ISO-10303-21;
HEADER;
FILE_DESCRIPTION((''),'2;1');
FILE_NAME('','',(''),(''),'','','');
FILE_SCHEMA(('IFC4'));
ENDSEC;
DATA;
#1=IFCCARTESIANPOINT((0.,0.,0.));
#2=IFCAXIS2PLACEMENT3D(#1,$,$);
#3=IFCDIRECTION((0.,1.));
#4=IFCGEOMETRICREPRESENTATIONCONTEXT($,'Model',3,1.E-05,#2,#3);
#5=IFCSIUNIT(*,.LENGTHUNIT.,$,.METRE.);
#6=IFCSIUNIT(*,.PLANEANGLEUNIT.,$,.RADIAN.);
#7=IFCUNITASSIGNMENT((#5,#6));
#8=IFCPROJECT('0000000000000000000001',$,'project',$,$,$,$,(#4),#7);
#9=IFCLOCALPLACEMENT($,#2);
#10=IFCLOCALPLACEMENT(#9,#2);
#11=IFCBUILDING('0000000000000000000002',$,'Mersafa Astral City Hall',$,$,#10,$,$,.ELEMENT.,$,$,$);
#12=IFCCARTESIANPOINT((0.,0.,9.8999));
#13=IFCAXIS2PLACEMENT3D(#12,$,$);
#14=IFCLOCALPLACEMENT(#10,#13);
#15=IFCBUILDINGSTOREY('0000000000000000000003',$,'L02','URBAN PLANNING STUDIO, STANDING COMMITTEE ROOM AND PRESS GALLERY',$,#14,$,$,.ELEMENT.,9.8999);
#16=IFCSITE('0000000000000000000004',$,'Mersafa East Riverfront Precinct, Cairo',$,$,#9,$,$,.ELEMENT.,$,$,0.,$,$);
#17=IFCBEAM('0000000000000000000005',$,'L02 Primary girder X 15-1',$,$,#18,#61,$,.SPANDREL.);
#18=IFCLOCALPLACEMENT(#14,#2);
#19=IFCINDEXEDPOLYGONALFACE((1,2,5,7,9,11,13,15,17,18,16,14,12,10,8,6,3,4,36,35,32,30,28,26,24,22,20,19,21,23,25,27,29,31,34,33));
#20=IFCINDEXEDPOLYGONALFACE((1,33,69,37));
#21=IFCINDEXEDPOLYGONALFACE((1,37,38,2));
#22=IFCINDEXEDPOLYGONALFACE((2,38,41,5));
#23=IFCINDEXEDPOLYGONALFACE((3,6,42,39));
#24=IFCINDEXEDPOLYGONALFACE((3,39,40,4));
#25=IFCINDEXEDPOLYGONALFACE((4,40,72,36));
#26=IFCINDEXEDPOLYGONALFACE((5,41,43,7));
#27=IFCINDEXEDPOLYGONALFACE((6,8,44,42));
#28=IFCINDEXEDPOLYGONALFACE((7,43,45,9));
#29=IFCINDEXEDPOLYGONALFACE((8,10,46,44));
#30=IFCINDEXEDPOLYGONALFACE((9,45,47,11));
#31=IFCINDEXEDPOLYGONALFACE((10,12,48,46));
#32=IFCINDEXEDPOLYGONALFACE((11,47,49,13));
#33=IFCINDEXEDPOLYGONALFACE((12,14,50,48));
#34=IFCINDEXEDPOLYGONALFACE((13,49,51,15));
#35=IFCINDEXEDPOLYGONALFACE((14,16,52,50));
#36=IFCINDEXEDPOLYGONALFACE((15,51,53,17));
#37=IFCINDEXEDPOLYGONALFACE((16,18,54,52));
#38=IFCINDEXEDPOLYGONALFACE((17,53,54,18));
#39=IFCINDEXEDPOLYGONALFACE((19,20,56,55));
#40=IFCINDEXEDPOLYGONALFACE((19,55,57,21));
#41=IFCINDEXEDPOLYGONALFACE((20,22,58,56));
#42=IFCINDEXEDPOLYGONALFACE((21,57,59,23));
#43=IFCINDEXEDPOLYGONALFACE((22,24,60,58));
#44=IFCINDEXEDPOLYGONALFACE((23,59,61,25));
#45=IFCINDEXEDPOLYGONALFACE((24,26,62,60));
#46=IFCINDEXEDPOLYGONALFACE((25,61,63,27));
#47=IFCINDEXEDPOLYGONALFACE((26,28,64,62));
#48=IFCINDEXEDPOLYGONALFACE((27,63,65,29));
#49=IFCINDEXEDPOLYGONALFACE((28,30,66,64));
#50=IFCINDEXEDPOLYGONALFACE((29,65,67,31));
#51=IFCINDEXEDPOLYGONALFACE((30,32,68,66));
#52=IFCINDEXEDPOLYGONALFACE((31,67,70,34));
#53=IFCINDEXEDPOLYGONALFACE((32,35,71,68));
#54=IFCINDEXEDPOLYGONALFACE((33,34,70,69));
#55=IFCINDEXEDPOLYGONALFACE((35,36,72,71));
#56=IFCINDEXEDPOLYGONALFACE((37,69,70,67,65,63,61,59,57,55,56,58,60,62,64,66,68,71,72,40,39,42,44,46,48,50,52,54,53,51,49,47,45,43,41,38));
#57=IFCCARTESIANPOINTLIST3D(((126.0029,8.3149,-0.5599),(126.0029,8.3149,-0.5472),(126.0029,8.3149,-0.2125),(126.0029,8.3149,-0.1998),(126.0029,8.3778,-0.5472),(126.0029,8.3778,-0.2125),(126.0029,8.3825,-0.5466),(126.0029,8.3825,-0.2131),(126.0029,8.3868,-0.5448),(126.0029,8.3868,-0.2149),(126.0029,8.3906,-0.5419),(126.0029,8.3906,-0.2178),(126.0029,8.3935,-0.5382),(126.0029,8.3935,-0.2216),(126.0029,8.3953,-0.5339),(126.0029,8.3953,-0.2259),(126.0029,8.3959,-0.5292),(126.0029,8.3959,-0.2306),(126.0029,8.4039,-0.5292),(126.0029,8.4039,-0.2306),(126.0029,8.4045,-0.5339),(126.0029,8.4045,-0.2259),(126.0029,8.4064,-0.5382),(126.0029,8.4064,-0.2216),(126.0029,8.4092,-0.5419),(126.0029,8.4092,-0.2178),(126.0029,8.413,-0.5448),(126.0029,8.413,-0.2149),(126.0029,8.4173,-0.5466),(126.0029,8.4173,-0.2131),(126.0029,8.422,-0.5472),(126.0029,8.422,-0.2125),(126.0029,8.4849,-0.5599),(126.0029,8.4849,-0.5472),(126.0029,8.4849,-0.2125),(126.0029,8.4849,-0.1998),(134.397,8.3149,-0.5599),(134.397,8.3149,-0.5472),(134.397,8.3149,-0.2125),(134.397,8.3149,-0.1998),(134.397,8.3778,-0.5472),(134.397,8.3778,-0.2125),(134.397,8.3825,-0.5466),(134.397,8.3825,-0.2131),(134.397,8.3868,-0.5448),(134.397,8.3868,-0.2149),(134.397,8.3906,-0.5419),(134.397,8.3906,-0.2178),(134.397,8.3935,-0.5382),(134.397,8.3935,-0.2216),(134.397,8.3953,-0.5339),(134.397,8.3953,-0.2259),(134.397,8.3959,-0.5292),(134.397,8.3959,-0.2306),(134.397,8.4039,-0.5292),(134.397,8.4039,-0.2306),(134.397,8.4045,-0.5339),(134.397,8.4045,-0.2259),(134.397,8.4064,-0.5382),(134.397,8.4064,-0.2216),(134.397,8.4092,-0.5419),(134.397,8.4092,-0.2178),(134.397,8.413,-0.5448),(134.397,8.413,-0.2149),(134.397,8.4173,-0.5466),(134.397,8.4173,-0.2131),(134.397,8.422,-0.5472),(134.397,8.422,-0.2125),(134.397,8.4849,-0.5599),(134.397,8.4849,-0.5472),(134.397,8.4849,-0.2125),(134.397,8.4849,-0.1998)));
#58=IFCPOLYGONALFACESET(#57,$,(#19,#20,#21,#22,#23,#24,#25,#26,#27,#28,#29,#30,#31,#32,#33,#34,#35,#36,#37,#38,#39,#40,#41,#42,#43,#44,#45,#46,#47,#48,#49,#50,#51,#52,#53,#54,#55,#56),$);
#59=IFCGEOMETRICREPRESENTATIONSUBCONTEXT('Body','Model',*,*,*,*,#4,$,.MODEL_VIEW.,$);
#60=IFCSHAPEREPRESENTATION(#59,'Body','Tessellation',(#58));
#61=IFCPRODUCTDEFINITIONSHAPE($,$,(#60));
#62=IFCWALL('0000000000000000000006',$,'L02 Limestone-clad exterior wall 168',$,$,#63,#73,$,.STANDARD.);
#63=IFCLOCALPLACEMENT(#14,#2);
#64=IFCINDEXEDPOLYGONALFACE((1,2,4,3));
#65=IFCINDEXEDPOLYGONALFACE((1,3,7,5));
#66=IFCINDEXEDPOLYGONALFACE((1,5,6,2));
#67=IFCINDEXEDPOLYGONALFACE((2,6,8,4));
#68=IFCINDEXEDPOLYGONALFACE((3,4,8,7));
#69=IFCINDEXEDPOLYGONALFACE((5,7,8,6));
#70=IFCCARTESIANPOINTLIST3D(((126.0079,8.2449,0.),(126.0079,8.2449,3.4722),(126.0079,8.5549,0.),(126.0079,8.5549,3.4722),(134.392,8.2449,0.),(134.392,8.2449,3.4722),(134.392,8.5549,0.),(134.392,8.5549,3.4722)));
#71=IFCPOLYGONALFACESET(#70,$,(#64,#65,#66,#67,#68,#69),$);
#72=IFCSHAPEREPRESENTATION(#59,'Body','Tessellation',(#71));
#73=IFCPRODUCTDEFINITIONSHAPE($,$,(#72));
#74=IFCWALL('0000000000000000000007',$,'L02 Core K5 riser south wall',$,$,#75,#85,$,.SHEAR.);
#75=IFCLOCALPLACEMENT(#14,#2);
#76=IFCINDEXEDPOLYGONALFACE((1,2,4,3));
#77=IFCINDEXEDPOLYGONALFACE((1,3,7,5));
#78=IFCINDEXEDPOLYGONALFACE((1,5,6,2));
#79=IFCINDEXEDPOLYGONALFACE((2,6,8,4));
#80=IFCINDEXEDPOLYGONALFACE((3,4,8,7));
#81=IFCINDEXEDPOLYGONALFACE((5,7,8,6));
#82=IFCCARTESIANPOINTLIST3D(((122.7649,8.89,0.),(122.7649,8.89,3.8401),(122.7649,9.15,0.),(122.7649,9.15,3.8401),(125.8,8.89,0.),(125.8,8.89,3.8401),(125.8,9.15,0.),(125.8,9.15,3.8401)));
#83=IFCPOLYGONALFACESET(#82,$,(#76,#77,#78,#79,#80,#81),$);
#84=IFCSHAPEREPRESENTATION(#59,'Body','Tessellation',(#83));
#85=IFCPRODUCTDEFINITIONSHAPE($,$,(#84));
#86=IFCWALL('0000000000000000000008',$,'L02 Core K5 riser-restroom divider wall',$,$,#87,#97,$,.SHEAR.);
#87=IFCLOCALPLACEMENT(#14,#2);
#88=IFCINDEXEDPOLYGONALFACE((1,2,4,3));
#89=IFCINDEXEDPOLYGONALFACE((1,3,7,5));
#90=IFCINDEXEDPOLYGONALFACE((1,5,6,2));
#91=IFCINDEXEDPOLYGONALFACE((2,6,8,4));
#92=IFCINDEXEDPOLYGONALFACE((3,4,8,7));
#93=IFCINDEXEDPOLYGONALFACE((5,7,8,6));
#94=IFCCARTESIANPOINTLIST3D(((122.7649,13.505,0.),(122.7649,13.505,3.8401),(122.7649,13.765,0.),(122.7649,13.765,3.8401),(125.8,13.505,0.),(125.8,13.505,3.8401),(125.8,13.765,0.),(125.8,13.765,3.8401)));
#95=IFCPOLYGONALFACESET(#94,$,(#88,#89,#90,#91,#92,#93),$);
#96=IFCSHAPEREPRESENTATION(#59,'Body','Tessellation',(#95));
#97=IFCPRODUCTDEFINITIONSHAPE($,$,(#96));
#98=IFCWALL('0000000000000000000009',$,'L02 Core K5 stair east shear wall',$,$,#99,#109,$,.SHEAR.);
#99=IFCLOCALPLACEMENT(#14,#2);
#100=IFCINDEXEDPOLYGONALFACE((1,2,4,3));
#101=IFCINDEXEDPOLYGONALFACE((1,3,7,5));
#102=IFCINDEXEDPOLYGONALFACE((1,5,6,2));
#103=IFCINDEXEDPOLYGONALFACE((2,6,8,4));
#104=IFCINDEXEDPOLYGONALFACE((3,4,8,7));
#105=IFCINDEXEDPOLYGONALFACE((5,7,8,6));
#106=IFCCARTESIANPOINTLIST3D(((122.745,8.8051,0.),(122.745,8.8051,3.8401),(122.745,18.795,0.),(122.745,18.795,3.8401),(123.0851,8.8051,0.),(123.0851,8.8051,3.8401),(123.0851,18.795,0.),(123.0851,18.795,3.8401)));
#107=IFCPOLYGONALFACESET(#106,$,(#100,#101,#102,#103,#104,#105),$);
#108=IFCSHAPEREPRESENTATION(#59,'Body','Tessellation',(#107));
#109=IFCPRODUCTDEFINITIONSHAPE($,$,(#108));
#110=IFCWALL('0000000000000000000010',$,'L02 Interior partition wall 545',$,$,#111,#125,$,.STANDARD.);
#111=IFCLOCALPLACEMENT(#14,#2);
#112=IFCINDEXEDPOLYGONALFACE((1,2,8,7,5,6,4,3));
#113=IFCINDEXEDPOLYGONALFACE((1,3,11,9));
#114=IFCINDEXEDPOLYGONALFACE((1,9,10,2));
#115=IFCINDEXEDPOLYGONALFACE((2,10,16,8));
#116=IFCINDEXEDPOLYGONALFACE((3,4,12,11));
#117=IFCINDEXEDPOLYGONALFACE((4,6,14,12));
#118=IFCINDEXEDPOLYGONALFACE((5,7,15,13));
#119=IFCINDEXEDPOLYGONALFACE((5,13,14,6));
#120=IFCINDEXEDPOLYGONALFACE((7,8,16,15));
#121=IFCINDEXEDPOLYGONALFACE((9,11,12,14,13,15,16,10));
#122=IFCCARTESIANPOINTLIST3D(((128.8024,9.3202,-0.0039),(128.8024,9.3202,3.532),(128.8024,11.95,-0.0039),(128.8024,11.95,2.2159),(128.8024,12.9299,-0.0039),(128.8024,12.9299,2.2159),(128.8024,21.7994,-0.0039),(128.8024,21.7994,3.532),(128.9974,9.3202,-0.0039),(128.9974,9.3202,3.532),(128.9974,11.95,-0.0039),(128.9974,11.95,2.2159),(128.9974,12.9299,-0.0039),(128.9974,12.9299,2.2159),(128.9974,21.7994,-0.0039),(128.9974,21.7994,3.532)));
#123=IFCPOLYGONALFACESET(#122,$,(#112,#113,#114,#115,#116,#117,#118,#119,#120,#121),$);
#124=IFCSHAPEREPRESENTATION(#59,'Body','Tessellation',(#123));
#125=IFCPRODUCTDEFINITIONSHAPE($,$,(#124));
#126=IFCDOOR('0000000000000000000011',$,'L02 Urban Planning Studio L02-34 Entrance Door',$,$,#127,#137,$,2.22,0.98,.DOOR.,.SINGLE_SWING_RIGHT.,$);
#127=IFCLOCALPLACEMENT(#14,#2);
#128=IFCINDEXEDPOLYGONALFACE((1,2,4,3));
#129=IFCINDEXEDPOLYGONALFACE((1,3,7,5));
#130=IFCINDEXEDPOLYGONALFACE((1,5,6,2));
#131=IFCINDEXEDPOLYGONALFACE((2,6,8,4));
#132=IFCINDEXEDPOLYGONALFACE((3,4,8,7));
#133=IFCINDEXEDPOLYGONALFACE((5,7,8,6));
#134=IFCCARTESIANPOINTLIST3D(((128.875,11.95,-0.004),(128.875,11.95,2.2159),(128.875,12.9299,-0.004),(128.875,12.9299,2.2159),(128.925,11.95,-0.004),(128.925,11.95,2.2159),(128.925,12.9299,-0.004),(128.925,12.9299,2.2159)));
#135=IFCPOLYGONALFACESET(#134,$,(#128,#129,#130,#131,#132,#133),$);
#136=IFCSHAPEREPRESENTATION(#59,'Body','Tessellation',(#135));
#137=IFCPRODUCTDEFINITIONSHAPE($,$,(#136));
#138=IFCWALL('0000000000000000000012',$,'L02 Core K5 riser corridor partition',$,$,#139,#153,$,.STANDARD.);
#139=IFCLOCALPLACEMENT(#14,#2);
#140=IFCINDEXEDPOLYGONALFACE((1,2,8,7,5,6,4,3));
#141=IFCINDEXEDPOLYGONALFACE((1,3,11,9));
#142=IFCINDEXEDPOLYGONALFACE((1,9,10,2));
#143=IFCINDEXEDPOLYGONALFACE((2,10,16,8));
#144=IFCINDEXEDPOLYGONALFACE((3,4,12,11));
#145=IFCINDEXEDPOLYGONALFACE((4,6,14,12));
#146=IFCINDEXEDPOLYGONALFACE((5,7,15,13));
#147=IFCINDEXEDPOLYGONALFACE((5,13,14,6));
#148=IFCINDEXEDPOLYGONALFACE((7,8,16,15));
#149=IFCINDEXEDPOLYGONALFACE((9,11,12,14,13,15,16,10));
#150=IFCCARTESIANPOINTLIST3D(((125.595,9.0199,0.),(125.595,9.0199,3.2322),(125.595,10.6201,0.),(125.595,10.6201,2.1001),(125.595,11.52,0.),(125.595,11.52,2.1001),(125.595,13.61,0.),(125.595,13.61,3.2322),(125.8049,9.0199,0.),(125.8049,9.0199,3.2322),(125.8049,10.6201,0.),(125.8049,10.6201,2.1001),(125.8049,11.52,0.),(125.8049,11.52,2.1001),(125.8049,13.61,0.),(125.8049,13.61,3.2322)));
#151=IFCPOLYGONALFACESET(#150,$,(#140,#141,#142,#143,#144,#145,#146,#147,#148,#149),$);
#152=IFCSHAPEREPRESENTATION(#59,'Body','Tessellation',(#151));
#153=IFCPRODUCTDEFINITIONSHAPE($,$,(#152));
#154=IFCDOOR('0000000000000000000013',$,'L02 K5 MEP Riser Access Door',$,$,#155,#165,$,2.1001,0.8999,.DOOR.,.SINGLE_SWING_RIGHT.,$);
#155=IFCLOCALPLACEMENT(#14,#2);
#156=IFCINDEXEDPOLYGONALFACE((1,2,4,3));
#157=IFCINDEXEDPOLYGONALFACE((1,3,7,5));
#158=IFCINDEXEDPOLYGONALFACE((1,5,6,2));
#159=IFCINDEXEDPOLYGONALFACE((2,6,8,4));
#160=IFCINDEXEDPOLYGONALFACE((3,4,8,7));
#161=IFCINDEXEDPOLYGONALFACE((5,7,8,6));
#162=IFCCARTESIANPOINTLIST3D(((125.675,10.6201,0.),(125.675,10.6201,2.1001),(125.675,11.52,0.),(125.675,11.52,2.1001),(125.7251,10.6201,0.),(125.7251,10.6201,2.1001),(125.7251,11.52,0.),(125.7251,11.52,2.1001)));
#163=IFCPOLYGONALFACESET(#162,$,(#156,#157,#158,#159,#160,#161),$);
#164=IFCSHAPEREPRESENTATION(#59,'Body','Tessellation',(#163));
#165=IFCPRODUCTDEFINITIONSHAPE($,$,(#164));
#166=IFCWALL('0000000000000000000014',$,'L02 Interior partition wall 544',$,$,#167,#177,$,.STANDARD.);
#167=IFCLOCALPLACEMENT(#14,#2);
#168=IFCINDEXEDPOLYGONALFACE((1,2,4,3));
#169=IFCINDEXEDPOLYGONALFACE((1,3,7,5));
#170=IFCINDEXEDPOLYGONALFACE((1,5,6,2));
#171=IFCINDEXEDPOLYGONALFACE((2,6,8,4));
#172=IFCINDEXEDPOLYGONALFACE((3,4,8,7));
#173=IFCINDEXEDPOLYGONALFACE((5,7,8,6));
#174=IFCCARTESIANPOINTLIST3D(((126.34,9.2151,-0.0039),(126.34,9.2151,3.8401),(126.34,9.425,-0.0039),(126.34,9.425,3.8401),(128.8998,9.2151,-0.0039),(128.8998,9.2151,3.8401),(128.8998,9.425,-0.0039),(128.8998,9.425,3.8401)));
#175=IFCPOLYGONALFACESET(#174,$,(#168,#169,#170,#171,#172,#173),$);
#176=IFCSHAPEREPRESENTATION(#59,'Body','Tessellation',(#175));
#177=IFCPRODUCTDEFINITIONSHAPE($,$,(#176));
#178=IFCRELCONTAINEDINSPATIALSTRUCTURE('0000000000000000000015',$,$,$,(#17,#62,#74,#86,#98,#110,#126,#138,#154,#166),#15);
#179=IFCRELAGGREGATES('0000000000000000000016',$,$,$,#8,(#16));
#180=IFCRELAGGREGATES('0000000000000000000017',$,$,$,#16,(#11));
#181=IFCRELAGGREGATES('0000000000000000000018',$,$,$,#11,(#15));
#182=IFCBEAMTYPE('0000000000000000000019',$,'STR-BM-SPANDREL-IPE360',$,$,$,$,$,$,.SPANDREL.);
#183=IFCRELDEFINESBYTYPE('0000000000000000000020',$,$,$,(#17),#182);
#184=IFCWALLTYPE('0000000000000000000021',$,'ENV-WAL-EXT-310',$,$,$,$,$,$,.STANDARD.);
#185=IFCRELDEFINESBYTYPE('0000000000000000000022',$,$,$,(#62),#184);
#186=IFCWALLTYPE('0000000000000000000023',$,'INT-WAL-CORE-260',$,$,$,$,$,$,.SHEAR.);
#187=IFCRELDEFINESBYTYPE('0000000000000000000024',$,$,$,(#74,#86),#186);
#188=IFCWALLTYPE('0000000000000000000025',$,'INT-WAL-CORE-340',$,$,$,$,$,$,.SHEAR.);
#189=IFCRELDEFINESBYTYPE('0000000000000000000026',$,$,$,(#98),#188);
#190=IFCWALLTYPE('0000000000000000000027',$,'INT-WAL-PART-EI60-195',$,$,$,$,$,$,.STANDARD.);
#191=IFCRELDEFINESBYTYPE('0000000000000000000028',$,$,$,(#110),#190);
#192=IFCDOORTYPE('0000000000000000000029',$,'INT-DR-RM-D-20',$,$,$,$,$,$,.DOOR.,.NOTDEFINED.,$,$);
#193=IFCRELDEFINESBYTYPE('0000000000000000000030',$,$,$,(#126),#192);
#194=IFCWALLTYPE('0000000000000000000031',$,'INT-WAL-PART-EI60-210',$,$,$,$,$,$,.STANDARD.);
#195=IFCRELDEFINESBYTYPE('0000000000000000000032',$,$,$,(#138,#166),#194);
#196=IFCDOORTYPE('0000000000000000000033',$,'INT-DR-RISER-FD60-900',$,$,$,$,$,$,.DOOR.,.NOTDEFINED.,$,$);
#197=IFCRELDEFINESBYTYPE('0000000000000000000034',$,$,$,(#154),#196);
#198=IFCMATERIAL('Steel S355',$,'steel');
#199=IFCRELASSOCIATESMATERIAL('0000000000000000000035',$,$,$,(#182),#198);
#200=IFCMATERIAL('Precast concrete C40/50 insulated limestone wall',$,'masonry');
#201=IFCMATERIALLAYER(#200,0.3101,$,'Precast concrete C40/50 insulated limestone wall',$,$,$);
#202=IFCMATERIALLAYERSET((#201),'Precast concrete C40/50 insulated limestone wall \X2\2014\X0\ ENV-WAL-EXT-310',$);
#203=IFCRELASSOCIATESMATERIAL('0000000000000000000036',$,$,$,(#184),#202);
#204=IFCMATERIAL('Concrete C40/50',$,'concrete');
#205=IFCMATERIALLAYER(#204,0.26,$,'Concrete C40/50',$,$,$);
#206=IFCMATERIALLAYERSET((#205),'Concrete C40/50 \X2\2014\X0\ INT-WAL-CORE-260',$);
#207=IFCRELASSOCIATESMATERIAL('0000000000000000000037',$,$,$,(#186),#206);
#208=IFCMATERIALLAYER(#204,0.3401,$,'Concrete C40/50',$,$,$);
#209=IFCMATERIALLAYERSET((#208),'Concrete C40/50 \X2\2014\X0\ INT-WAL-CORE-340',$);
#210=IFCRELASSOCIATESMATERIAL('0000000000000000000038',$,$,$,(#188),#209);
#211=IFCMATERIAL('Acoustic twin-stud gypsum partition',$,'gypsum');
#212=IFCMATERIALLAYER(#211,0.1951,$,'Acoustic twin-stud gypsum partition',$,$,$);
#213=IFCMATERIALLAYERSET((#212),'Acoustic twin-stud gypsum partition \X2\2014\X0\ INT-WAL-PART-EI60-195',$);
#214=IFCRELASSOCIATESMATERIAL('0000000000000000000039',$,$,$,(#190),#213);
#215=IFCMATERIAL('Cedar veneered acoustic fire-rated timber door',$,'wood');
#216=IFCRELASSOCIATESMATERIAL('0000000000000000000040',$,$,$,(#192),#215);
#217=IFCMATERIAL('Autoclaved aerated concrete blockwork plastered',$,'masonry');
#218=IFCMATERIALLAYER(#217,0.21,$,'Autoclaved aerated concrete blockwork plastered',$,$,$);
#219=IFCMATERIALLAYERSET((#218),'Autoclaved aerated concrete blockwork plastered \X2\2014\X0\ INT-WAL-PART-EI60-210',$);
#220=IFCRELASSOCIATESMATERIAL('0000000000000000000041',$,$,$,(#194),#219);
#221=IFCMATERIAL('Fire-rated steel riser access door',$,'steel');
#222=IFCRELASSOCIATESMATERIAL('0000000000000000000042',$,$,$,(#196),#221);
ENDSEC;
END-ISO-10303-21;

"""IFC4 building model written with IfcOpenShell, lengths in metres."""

from ifc_helpers import new_model, si_unit, direction, frame, frame_2d, origin, origin_2d, place, context, subcontext, project, spatial, rectangle, i_section, extrude, material, layer, layer_set, material_profile, profile_set, type_object, element, fill, save


model = new_model("IFC4")

# Units and contexts
model_context = context("Model", 3, precision=1e-05, world=origin(), true_north=direction((0.0, 1.0)))
body_context = subcontext(model_context, "Body", "Model", "MODEL_VIEW")
ifc_project = project(units=[si_unit("LENGTHUNIT", "METRE"), si_unit("PLANEANGLEUNIT", "RADIAN")], contexts=[model_context])

# Site, building, storey
site_placement = place(None, origin())
site = spatial("IfcSite", under=ifc_project, at=site_placement, Name="Mersafa East Riverfront Precinct, Cairo", CompositionType="ELEMENT", RefElevation=0.0)
building_placement = place(site_placement, origin())
building = spatial("IfcBuilding", under=site, at=building_placement, Name="Mersafa Astral City Hall", CompositionType="ELEMENT")
storey_placement = place(building_placement, frame((0.0, 0.0, 9.8999)))
storey = spatial("IfcBuildingStorey", under=building, at=storey_placement, Name="L02", Description="URBAN PLANNING STUDIO, STANDING COMMITTEE ROOM AND PRESS GALLERY", CompositionType="ELEMENT", Elevation=9.8999)

# Shared definitions
ifc_material_1 = material(Name="Steel S355", Category="steel")

# Beam
ifc_material_profile_1 = material_profile(ifc_material_1, i_section(OverallWidth=0.1699, OverallDepth=0.3601, WebThickness=0.0081, FlangeThickness=0.0127, FilletRadius=0.0181, at=origin_2d()), Name="IPE 360")
ifc_profile_set_1 = profile_set([ifc_material_profile_1], Name="Steel S355")
beam_type_1 = type_object("IfcBeamType", Name="STR-BM-SPANDREL-IPE360", PredefinedType="SPANDREL", material=ifc_profile_set_1)
beam_1_placement = place(storey_placement, frame((126.0029, 8.3999, -0.3799), z_axis=(1.0, 0.0, 0.0), x_axis=(0.0, 1.0, 0.0)))
element("IfcBeam", 1, at=beam_1_placement, inside=storey, type_object=beam_type_1, Name="L02 Primary girder X 15-1", PredefinedType="SPANDREL", context=body_context, shape_type="SweptSolid", body=[
    extrude(i_section(OverallWidth=0.1699, OverallDepth=0.3601, WebThickness=0.0081, FlangeThickness=0.0127, FilletRadius=0.0181, at=origin_2d()), origin(), (0.0, 0.0, 1.0), 8.394),
])

# Walls
ifc_material_2 = material(Name="Precast concrete C40/50 insulated limestone wall", Category="masonry")
ifc_layer_1 = layer(ifc_material_2, 0.3101, Name="Precast concrete C40/50 insulated limestone wall")
ifc_layer_set_1 = layer_set([ifc_layer_1], Name="Precast concrete C40/50 insulated limestone wall — ENV-WAL-EXT-310")
wall_type_1 = type_object("IfcWallType", Name="ENV-WAL-EXT-310", PredefinedType="STANDARD", material=ifc_layer_set_1)
wall_1_placement = place(storey_placement, frame((126.0081, 8.3999, 0.0), z_axis=(0.0, 0.0, 1.0), x_axis=(1.0, 0.0, 0.0)))
element("IfcWall", 2, at=wall_1_placement, inside=storey, type_object=wall_type_1, Name="L02 Limestone-clad exterior wall 168", PredefinedType="STANDARD", context=body_context, shape_type="SweptSolid", body=[
    extrude(rectangle(XDim=8.384, YDim=0.3101, at=frame_2d((4.1919, 0.0))), origin(), (0.0, 0.0, 1.0), 3.4722),
])
ifc_material_3 = material(Name="Concrete C40/50", Category="concrete")
ifc_layer_2 = layer(ifc_material_3, 0.26, Name="Concrete C40/50")
ifc_layer_set_2 = layer_set([ifc_layer_2], Name="Concrete C40/50 — INT-WAL-CORE-260")
wall_type_2 = type_object("IfcWallType", Name="INT-WAL-CORE-260", PredefinedType="SHEAR", material=ifc_layer_set_2)
for number, where, z_axis, x_axis, name in (
    (3, (122.7649, 9.02, 0.0), (0.0, 0.0, 1.0), (1.0, 0.0, 0.0), "L02 Core K5 riser south wall"),
    (4, (122.7649, 13.635, 0.0), (0.0, 0.0, 1.0), (1.0, 0.0, 0.0), "L02 Core K5 riser-restroom divider wall"),
):
    element("IfcWall", number, at=place(storey_placement, frame(where, z_axis=z_axis, x_axis=x_axis)), inside=storey, type_object=wall_type_2, Name=name, PredefinedType="SHEAR", context=body_context, shape_type="SweptSolid", body=[
        extrude(rectangle(XDim=3.0352, YDim=0.26, at=frame_2d((1.5176, 0.0))), origin(), (0.0, 0.0, 1.0), 3.8401),
    ])
ifc_layer_3 = layer(ifc_material_3, 0.3401, Name="Concrete C40/50")
ifc_layer_set_3 = layer_set([ifc_layer_3], Name="Concrete C40/50 — INT-WAL-CORE-340")
wall_type_3 = type_object("IfcWallType", Name="INT-WAL-CORE-340", PredefinedType="SHEAR", material=ifc_layer_set_3)
wall_2_placement = place(storey_placement, frame((122.915, 8.8049, 0.0), z_axis=(0.0, 0.0, 1.0), x_axis=(0.0, 1.0, 0.0)))
element("IfcWall", 5, at=wall_2_placement, inside=storey, type_object=wall_type_3, Name="L02 Core K5 stair east shear wall", PredefinedType="SHEAR", context=body_context, shape_type="SweptSolid", body=[
    extrude(rectangle(XDim=9.99, YDim=0.3401, at=frame_2d((4.9951, 0.0))), origin(), (0.0, 0.0, 1.0), 3.8401),
])

# Walls, openings, doors
ifc_material_4 = material(Name="Acoustic twin-stud gypsum partition", Category="gypsum")
ifc_layer_4 = layer(ifc_material_4, 0.1951, Name="Acoustic twin-stud gypsum partition")
ifc_layer_set_4 = layer_set([ifc_layer_4], Name="Acoustic twin-stud gypsum partition — INT-WAL-PART-EI60-195")
wall_type_4 = type_object("IfcWallType", Name="INT-WAL-PART-EI60-195", PredefinedType="STANDARD", material=ifc_layer_set_4)
wall_3_placement = place(storey_placement, frame((128.8999, 9.3201, -0.0039), z_axis=(0.0, 0.0, 1.0), x_axis=(0.0, 1.0, 0.0)))
wall_3 = element("IfcWall", 6, at=wall_3_placement, inside=storey, type_object=wall_type_4, Name="L02 Interior partition wall 545", PredefinedType="STANDARD", context=body_context, shape_type="SweptSolid", body=[
    extrude(rectangle(XDim=12.4792, YDim=0.1951, at=frame_2d((6.2397, 0.0))), origin(), (0.0, 0.0, 1.0), 3.5359),
])
opening_1_placement = place(wall_3_placement, frame((2.6299, 0.0, 0.0)))
opening_1 = element("IfcOpeningElement", 7, at=opening_1_placement, cuts=wall_3, PredefinedType="OPENING", context=body_context, shape_type="SweptSolid", body=[
    extrude(rectangle(XDim=0.98, YDim=2.22, at=frame_2d((0.49, 1.1099))), frame((0.0, 0.1074, 0.0), z_axis=(0.0, -1.0, 0.0), x_axis=(1.0, 0.0, 0.0)), (0.0, 0.0, 1.0), 0.2151),
])
ifc_material_5 = material(Name="Cedar veneered acoustic fire-rated timber door", Category="wood")
door_type_1 = type_object("IfcDoorType", Name="INT-DR-RM-D-20", OperationType="NOTDEFINED", PredefinedType="DOOR", material=ifc_material_5)
door_1_placement = place(opening_1_placement, origin())
door_1 = element("IfcDoor", 8, at=door_1_placement, inside=storey, type_object=door_type_1, Name="L02 Urban Planning Studio L02-34 Entrance Door", OperationType="SINGLE_SWING_RIGHT", OverallHeight=2.22, OverallWidth=0.98, PredefinedType="DOOR", context=body_context, shape_type="SweptSolid", body=[
    extrude(rectangle(XDim=0.98, YDim=2.22, at=frame_2d((0.49, 1.1099))), frame((0.0, 0.0249, 0.0), z_axis=(0.0, -1.0, 0.0), x_axis=(1.0, 0.0, 0.0)), (0.0, 0.0, 1.0), 0.05),
])
fill(opening_1, door_1)
ifc_material_6 = material(Name="Autoclaved aerated concrete blockwork plastered", Category="masonry")
ifc_layer_5 = layer(ifc_material_6, 0.21, Name="Autoclaved aerated concrete blockwork plastered")
ifc_layer_set_5 = layer_set([ifc_layer_5], Name="Autoclaved aerated concrete blockwork plastered — INT-WAL-PART-EI60-210")
wall_type_5 = type_object("IfcWallType", Name="INT-WAL-PART-EI60-210", PredefinedType="STANDARD", material=ifc_layer_set_5)
wall_4_placement = place(storey_placement, frame((125.7, 9.02, 0.0), z_axis=(0.0, 0.0, 1.0), x_axis=(0.0, 1.0, 0.0)))
wall_4 = element("IfcWall", 9, at=wall_4_placement, inside=storey, type_object=wall_type_5, Name="L02 Core K5 riser corridor partition", PredefinedType="STANDARD", context=body_context, shape_type="SweptSolid", body=[
    extrude(rectangle(XDim=4.5901, YDim=0.21, at=frame_2d((2.2949, 0.0))), origin(), (0.0, 0.0, 1.0), 3.2322),
])
opening_2_placement = place(wall_4_placement, frame((1.6001, 0.0, 0.0)))
opening_2 = element("IfcOpeningElement", 10, at=opening_2_placement, cuts=wall_4, PredefinedType="OPENING", context=body_context, shape_type="SweptSolid", body=[
    extrude(rectangle(XDim=0.8999, YDim=2.1001, at=frame_2d((0.45, 1.05))), frame((0.0, 0.115, 0.0), z_axis=(0.0, -1.0, 0.0), x_axis=(1.0, 0.0, 0.0)), (0.0, 0.0, 1.0), 0.23),
])
ifc_material_7 = material(Name="Fire-rated steel riser access door", Category="steel")
door_type_2 = type_object("IfcDoorType", Name="INT-DR-RISER-FD60-900", OperationType="NOTDEFINED", PredefinedType="DOOR", material=ifc_material_7)
door_2_placement = place(opening_2_placement, origin())
door_2 = element("IfcDoor", 11, at=door_2_placement, inside=storey, type_object=door_type_2, Name="L02 K5 MEP Riser Access Door", OperationType="SINGLE_SWING_RIGHT", OverallHeight=2.1001, OverallWidth=0.8999, PredefinedType="DOOR", context=body_context, shape_type="SweptSolid", body=[
    extrude(rectangle(XDim=0.8999, YDim=2.1001, at=frame_2d((0.45, 1.05))), frame((0.0, 0.0249, 0.0), z_axis=(0.0, -1.0, 0.0), x_axis=(1.0, 0.0, 0.0)), (0.0, 0.0, 1.0), 0.05),
])
fill(opening_2, door_2)

# Wall
wall_5_placement = place(storey_placement, frame((126.3401, 9.3201, -0.0039), z_axis=(0.0, 0.0, 1.0), x_axis=(1.0, 0.0, 0.0)))
element("IfcWall", 12, at=wall_5_placement, inside=storey, type_object=wall_type_5, Name="L02 Interior partition wall 544", PredefinedType="STANDARD", context=body_context, shape_type="SweptSolid", body=[
    extrude(rectangle(XDim=2.5598, YDim=0.21, at=frame_2d((1.2798, 0.0))), origin(), (0.0, 0.0, 1.0), 3.844),
])

save(model, "model.ifc")
